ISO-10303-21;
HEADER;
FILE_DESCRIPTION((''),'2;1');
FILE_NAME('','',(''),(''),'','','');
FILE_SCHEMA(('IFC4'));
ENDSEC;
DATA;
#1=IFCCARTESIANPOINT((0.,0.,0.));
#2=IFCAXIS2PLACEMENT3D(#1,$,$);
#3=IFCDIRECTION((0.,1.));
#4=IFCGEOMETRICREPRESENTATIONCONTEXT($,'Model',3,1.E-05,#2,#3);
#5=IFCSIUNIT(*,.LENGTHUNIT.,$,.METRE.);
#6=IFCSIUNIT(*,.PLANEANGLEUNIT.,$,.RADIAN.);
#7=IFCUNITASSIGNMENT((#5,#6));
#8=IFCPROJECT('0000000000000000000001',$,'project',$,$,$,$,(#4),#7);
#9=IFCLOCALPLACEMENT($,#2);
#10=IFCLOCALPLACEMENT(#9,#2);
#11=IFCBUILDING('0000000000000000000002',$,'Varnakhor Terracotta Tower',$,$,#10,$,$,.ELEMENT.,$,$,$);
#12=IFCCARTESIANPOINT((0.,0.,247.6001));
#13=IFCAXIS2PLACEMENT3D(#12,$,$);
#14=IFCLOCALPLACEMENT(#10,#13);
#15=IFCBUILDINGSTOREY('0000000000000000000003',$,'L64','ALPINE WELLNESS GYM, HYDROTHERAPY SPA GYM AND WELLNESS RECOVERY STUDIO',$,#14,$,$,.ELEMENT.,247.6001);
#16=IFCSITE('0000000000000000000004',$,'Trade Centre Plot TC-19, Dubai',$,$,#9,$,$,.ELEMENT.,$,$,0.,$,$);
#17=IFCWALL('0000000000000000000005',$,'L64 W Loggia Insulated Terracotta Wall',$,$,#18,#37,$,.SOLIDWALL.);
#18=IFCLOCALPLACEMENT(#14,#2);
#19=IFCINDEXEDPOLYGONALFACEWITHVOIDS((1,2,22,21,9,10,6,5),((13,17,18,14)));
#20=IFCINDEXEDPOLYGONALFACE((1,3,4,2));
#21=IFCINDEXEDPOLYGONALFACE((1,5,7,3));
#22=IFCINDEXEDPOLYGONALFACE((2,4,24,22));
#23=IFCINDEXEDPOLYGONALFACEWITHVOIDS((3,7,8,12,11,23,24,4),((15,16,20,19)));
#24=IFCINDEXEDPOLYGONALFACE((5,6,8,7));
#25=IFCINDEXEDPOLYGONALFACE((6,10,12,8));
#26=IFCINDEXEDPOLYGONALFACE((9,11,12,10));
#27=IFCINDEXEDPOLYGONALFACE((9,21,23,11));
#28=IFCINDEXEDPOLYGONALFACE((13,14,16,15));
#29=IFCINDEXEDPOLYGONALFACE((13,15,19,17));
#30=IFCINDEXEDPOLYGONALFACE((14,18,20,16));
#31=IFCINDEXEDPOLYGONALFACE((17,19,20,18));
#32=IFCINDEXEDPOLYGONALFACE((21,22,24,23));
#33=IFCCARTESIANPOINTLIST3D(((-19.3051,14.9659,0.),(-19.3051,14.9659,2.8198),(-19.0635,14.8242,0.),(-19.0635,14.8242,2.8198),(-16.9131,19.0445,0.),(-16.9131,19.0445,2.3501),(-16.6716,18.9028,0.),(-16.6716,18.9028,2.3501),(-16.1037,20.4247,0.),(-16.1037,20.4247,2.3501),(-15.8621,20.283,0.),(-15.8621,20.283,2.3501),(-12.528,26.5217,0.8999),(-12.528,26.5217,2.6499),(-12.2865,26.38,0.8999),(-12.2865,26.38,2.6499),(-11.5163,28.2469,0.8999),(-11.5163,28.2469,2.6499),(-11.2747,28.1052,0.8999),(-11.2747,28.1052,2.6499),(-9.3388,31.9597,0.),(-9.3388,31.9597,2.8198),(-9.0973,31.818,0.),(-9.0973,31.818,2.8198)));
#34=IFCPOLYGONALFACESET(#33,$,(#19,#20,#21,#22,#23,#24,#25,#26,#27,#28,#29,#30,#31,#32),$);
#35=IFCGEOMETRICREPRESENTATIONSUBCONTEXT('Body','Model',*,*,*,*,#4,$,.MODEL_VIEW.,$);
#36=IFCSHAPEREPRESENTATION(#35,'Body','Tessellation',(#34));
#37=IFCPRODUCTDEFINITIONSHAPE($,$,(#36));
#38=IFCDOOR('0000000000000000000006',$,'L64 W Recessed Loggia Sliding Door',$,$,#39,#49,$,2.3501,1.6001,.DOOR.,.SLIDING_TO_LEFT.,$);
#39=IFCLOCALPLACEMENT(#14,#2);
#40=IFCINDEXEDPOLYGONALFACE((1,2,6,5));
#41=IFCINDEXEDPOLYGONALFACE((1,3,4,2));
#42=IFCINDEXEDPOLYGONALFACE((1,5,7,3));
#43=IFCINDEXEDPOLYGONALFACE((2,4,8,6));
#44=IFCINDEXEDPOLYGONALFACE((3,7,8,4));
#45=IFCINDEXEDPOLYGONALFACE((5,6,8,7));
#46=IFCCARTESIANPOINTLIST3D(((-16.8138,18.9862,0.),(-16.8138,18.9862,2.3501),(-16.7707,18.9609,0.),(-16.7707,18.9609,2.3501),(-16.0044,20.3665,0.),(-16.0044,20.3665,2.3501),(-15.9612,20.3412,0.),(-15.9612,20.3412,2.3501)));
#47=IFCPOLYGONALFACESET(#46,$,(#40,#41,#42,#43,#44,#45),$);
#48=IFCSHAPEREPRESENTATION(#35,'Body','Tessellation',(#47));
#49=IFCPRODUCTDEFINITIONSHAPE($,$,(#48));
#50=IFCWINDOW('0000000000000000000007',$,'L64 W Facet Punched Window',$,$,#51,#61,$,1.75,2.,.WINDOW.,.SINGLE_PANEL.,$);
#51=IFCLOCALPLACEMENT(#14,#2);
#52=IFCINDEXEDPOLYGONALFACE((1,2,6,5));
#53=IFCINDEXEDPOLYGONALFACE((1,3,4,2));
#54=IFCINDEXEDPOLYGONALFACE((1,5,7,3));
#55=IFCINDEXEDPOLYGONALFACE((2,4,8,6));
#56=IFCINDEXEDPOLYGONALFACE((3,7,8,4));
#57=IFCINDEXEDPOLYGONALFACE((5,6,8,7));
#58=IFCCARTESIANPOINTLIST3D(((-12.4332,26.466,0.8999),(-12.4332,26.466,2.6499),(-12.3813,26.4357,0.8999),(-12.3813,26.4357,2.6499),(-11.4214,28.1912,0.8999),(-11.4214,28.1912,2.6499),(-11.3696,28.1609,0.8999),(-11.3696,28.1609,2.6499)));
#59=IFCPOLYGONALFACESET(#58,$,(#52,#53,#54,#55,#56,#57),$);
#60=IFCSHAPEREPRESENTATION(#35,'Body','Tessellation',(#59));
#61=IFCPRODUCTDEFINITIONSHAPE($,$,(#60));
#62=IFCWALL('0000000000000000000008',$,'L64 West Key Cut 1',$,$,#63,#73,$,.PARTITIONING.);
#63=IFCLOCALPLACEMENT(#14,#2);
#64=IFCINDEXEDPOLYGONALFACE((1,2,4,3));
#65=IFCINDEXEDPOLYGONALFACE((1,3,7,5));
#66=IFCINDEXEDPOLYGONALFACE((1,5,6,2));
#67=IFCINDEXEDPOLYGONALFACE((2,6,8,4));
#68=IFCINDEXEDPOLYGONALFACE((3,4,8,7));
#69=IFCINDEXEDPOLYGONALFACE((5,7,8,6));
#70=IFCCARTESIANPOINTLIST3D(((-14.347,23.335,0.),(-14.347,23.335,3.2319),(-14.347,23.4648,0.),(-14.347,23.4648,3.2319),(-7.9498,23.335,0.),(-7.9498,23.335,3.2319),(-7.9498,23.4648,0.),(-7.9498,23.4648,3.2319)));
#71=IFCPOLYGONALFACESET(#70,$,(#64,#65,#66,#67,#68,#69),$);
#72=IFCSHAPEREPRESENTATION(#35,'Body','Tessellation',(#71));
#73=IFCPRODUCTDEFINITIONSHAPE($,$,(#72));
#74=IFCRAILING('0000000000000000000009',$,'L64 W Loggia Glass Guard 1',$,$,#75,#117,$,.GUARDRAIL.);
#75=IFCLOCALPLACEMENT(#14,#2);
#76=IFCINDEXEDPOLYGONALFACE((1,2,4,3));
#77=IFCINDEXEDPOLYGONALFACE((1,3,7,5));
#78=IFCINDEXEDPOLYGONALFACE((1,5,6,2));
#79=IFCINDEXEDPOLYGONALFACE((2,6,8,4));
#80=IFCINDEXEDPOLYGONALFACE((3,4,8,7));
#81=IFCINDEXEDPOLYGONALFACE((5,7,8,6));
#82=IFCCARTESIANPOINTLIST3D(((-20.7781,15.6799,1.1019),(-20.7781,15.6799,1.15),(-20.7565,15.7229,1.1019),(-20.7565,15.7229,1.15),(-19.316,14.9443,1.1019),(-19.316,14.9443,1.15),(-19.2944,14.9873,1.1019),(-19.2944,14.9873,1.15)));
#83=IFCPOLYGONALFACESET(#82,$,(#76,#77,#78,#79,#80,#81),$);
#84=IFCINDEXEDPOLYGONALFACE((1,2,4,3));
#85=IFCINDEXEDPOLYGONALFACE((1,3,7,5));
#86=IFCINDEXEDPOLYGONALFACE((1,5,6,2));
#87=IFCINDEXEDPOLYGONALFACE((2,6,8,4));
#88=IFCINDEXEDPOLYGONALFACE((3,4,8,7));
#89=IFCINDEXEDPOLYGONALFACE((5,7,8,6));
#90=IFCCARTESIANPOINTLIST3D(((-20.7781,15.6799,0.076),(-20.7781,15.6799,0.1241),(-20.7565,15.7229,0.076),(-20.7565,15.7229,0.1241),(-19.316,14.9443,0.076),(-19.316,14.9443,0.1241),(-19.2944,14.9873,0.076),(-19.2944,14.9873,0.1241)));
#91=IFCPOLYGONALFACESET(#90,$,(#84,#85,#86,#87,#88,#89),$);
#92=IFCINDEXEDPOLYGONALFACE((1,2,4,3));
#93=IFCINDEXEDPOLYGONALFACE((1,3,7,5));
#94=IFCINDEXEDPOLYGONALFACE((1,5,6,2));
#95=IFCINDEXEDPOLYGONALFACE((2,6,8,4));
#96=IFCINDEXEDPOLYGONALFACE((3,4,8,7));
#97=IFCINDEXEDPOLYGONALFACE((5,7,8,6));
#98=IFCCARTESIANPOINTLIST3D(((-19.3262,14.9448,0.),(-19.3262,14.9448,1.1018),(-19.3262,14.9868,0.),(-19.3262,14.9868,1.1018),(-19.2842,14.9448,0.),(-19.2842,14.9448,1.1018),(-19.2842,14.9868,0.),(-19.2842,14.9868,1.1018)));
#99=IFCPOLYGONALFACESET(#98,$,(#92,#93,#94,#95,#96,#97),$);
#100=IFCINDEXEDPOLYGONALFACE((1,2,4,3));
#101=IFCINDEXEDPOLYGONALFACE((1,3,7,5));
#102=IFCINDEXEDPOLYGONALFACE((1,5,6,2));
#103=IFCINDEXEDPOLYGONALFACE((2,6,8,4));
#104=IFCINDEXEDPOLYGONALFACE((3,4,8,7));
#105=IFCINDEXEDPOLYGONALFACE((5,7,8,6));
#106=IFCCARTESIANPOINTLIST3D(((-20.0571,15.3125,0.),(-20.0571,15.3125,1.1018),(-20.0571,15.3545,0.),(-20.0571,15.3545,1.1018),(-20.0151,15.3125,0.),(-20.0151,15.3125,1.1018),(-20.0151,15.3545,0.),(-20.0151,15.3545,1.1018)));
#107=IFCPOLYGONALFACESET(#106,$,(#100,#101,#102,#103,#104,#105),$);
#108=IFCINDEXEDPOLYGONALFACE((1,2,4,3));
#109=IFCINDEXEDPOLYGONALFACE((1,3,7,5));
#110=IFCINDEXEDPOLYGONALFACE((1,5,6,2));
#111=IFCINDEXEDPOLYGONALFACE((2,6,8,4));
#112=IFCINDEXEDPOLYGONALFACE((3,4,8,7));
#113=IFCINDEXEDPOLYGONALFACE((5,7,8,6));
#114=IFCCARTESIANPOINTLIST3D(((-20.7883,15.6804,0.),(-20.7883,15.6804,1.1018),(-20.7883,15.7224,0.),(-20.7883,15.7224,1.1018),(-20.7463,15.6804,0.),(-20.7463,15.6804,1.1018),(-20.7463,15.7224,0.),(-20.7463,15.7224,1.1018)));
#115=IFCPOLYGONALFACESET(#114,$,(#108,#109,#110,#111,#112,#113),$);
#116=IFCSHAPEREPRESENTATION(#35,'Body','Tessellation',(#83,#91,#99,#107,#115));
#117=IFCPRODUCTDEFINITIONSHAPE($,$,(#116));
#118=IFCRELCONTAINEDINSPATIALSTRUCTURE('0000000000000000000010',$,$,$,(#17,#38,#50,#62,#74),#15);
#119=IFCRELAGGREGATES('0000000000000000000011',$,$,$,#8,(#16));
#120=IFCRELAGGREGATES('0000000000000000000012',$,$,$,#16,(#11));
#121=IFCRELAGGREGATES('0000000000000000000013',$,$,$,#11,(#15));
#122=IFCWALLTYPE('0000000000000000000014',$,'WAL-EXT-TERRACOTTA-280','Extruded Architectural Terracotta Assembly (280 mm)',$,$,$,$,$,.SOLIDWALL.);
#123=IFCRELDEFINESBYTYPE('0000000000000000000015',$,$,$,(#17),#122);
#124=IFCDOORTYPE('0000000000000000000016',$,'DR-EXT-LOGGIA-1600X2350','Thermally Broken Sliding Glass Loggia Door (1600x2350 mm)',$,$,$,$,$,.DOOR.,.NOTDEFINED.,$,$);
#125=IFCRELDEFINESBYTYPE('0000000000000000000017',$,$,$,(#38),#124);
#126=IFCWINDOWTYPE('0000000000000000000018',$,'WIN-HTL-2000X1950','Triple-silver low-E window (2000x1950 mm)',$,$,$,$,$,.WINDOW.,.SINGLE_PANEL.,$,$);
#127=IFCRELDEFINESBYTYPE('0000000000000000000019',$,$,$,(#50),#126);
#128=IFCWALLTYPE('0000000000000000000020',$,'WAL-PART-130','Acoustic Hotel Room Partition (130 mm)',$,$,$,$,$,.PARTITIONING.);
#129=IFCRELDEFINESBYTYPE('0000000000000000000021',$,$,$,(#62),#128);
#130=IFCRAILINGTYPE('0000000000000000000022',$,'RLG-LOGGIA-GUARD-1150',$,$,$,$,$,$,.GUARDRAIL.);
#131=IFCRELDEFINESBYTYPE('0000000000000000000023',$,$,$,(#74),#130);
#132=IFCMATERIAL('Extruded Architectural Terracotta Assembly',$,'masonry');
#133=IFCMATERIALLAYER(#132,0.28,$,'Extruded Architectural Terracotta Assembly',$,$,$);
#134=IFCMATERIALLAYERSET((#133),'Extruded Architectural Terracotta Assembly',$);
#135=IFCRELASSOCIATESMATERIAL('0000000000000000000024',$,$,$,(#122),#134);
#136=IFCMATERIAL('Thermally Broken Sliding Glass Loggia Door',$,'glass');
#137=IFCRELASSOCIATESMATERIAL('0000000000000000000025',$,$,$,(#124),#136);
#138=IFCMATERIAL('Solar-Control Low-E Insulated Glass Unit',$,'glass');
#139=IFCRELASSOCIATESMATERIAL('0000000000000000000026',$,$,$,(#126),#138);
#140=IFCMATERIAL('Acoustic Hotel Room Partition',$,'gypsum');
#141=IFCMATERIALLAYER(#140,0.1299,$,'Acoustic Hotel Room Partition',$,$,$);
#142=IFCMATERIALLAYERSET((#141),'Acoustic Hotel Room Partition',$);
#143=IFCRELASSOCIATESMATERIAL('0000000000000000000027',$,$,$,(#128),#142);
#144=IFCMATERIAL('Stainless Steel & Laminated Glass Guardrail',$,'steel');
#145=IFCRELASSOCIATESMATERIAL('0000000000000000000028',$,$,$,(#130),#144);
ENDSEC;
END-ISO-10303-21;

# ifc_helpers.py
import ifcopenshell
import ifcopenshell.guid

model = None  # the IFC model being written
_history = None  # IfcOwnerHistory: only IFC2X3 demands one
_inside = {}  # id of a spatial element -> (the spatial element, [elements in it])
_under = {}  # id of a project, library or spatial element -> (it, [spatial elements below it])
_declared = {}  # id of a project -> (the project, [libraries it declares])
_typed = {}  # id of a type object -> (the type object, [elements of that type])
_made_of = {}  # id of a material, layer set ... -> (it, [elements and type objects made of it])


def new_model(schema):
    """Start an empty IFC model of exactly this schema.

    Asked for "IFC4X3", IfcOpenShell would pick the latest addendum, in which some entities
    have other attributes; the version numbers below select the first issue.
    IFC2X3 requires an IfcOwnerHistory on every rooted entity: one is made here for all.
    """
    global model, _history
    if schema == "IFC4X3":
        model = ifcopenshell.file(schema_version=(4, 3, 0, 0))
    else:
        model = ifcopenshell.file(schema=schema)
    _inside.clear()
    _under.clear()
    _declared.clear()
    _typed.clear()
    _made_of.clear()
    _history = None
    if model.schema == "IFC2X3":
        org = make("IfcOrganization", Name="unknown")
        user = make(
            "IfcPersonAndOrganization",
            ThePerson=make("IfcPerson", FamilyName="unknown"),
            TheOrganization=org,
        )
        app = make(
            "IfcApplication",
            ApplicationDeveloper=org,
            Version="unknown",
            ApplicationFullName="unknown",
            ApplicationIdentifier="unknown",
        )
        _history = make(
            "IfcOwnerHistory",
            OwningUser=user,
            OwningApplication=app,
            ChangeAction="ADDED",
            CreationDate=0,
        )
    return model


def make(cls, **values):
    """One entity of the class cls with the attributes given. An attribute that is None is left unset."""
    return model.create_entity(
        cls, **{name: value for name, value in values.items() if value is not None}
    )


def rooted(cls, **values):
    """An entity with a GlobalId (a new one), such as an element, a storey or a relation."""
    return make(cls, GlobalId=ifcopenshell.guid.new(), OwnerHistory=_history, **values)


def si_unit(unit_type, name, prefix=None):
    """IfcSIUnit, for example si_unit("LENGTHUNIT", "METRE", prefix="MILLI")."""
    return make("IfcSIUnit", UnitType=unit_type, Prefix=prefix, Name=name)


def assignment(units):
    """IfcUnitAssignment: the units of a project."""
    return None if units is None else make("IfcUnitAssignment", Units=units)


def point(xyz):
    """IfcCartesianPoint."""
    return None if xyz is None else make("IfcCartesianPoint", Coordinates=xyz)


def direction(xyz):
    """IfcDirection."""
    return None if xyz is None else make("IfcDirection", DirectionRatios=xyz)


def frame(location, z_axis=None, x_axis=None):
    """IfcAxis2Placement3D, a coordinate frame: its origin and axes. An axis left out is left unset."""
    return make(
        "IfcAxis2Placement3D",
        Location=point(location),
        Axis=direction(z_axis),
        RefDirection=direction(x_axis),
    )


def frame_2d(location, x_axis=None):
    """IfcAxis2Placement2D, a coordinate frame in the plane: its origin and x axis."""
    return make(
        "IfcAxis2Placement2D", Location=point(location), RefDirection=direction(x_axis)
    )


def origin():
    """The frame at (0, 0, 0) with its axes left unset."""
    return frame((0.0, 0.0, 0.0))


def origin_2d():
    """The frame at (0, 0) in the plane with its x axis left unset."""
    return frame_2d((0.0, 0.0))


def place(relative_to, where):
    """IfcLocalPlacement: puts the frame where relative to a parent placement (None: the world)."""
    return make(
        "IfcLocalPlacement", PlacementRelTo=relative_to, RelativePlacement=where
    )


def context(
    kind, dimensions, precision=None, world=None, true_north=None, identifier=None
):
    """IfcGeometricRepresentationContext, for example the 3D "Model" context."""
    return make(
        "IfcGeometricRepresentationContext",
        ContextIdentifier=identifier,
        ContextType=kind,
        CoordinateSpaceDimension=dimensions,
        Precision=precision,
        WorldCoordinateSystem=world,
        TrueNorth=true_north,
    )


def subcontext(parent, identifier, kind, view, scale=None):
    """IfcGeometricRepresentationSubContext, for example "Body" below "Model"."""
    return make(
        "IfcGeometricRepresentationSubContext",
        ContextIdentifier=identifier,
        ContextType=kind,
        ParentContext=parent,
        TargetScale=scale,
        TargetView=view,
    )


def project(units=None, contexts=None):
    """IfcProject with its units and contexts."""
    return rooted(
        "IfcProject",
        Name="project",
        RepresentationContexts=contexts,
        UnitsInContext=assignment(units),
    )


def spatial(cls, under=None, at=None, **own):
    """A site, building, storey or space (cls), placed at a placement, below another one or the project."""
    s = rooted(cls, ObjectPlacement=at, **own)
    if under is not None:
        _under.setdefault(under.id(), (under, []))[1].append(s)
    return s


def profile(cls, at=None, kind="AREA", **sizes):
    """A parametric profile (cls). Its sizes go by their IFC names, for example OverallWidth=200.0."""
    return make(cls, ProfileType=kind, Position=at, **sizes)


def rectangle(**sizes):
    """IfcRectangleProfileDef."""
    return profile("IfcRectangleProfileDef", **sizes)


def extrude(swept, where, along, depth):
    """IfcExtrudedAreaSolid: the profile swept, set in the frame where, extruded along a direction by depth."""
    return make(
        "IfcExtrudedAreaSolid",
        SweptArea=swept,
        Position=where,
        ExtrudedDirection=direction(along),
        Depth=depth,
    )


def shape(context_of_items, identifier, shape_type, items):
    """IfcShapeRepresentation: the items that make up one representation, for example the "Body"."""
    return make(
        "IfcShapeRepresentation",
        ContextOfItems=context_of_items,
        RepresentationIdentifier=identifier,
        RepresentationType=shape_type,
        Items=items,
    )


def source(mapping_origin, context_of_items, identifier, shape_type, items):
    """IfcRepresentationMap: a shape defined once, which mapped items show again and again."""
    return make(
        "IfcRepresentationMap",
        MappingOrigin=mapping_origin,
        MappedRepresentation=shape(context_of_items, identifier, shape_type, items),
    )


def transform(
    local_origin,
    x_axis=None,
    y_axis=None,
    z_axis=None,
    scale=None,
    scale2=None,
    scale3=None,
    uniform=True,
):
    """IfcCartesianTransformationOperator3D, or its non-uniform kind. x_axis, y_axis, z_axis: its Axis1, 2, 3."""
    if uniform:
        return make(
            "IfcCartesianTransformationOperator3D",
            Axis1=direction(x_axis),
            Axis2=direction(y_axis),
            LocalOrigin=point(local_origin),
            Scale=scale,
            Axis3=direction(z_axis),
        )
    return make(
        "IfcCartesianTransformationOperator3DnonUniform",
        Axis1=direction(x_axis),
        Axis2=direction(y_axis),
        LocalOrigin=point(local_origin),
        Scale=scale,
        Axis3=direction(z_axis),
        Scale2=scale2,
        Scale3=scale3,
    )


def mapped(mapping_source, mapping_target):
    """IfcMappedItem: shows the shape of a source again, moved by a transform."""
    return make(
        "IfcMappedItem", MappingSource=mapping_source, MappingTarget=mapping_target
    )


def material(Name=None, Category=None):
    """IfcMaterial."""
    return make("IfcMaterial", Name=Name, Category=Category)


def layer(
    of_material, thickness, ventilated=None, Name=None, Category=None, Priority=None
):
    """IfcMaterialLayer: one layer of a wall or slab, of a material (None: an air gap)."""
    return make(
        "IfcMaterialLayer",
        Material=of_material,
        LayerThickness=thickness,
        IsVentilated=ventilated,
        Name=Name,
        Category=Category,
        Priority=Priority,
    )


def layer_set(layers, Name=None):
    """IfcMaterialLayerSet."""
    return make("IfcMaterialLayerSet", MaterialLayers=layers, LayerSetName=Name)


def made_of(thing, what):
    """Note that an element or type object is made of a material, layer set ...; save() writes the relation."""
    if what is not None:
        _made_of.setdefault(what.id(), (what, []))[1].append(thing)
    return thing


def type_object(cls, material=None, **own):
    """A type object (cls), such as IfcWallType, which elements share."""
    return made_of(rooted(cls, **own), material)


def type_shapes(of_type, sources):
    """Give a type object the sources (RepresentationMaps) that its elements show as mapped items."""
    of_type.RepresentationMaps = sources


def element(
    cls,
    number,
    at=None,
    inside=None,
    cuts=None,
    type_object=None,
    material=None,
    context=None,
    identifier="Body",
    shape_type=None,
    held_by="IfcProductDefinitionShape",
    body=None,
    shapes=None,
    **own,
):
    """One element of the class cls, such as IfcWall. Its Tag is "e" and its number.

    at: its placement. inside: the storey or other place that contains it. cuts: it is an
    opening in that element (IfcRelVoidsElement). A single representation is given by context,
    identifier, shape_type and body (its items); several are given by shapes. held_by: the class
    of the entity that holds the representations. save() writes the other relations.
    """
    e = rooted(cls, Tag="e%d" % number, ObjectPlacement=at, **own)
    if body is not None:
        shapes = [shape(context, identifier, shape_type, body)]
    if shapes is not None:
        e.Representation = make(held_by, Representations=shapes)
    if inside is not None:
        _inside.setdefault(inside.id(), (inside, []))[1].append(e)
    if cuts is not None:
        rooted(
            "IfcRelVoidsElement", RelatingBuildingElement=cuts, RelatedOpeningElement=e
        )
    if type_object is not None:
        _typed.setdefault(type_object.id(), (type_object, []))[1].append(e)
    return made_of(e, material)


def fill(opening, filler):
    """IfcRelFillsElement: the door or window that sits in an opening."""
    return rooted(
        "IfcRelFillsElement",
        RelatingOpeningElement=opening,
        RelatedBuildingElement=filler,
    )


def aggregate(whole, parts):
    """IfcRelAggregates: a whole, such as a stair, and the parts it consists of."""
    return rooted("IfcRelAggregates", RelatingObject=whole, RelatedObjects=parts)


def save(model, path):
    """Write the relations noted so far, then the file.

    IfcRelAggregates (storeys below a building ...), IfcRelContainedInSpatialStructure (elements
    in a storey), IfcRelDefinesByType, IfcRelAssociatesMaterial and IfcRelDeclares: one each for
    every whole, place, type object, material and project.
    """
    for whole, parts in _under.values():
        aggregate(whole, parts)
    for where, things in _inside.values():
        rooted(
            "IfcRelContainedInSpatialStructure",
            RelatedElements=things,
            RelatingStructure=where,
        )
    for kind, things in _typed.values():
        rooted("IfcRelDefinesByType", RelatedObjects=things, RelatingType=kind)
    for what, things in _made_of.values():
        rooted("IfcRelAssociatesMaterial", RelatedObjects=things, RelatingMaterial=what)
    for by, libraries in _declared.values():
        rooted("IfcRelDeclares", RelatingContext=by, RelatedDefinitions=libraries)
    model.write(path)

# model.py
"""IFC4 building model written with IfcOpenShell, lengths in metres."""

from ifc_helpers import new_model, si_unit, direction, frame, frame_2d, origin, origin_2d, place, context, subcontext, project, spatial, rectangle, extrude, source, transform, mapped, material, layer, layer_set, type_object, type_shapes, element, fill, save


model = new_model("IFC4")

# Units and contexts
model_context = context("Model", 3, precision=1e-05, world=origin(), true_north=direction((0.0, 1.0)))
body_context = subcontext(model_context, "Body", "Model", "MODEL_VIEW")
ifc_project = project(units=[si_unit("LENGTHUNIT", "METRE"), si_unit("PLANEANGLEUNIT", "RADIAN")], contexts=[model_context])

# Site, building, storey
site_placement = place(None, origin())
site = spatial("IfcSite", under=ifc_project, at=site_placement, Name="Trade Centre Plot TC-19, Dubai", CompositionType="ELEMENT", RefElevation=0.0)
building_placement = place(site_placement, origin())
building = spatial("IfcBuilding", under=site, at=building_placement, Name="Varnakhor Terracotta Tower", CompositionType="ELEMENT")
storey_placement = place(building_placement, frame((0.0, 0.0, 247.6001)))
storey = spatial("IfcBuildingStorey", under=building, at=storey_placement, Name="L64", Description="ALPINE WELLNESS GYM, HYDROTHERAPY SPA GYM AND WELLNESS RECOVERY STUDIO", CompositionType="ELEMENT", Elevation=247.6001)

# Wall, openings, door, window
ifc_material_1 = material(Name="Extruded Architectural Terracotta Assembly", Category="masonry")
ifc_layer_1 = layer(ifc_material_1, 0.28, Name="Extruded Architectural Terracotta Assembly")
ifc_layer_set_1 = layer_set([ifc_layer_1], Name="Extruded Architectural Terracotta Assembly")
wall_type_1 = type_object("IfcWallType", Name="WAL-EXT-TERRACOTTA-280", Description="Extruded Architectural Terracotta Assembly (280 mm)", PredefinedType="SOLIDWALL", material=ifc_layer_set_1)
wall_1_placement = place(storey_placement, frame((-19.1843, 14.895, 0.0), z_axis=(0.0, 0.0, 1.0), x_axis=(0.505885, 0.862601, 0.0)))
wall_1 = element("IfcWall", 1, at=wall_1_placement, inside=storey, type_object=wall_type_1, Name="L64 W Loggia Insulated Terracotta Wall", PredefinedType="SOLIDWALL", context=body_context, shape_type="SweptSolid", body=[
    extrude(rectangle(XDim=19.7007, YDim=0.28, at=frame_2d((9.8503, 0.0))), origin(), (0.0, 0.0, 1.0), 2.8198),
])
opening_1_placement = place(wall_1_placement, frame((4.7283, 0.0, 0.0)))
opening_1 = element("IfcOpeningElement", 2, at=opening_1_placement, cuts=wall_1, PredefinedType="OPENING", context=body_context, shape_type="SweptSolid", body=[
    extrude(rectangle(XDim=1.6001, YDim=2.3501, at=frame_2d((0.8, 1.175))), frame((0.0, 0.1499, 0.0), z_axis=(0.0, -1.0, 0.0), x_axis=(1.0, 0.0, 0.0)), (0.0, 0.0, 1.0), 0.3),
])
opening_2_placement = place(wall_1_placement, frame((13.3965, 0.0, 0.8999)))
opening_2 = element("IfcOpeningElement", 3, at=opening_2_placement, cuts=wall_1, PredefinedType="OPENING", context=body_context, shape_type="SweptSolid", body=[
    extrude(rectangle(XDim=2.0, YDim=1.75, at=frame_2d((1.0, 0.875))), frame((0.0, 0.1499, 0.0), z_axis=(0.0, -1.0, 0.0), x_axis=(1.0, 0.0, 0.0)), (0.0, 0.0, 1.0), 0.3),
])
ifc_material_2 = material(Name="Thermally Broken Sliding Glass Loggia Door", Category="glass")
door_type_1 = type_object("IfcDoorType", Name="DR-EXT-LOGGIA-1600X2350", Description="Thermally Broken Sliding Glass Loggia Door (1600x2350 mm)", OperationType="NOTDEFINED", PredefinedType="DOOR", material=ifc_material_2)
shared_shape_1 = source(origin(), body_context, "Body", "SweptSolid", [
    extrude(rectangle(XDim=1.6001, YDim=2.3501, at=frame_2d((0.8, 1.175))), frame((0.0, 0.0249, 0.0), z_axis=(0.0, -1.0, 0.0), x_axis=(1.0, 0.0, 0.0)), (0.0, 0.0, 1.0), 0.05),
])
type_shapes(door_type_1, [shared_shape_1])
door_1_placement = place(opening_1_placement, origin())
door_1 = element("IfcDoor", 4, at=door_1_placement, inside=storey, type_object=door_type_1, Name="L64 W Recessed Loggia Sliding Door", OperationType="SLIDING_TO_LEFT", OverallHeight=2.3501, OverallWidth=1.6001, PredefinedType="DOOR", context=body_context, shape_type="MappedRepresentation", body=[
    mapped(shared_shape_1, transform((0.0, 0.0, 0.0), scale=1.0)),
])
fill(opening_1, door_1)
ifc_material_3 = material(Name="Solar-Control Low-E Insulated Glass Unit", Category="glass")
window_type = type_object("IfcWindowType", Name="WIN-HTL-2000X1950", Description="Triple-silver low-E window (2000x1950 mm)", PartitioningType="SINGLE_PANEL", PredefinedType="WINDOW", material=ifc_material_3)
shared_shape_2 = source(origin(), body_context, "Body", "SweptSolid", [
    extrude(rectangle(XDim=2.0, YDim=1.75, at=frame_2d((1.0, 0.875))), frame((0.0, 0.03, 0.0), z_axis=(0.0, -1.0, 0.0), x_axis=(1.0, 0.0, 0.0)), (0.0, 0.0, 1.0), 0.0601),
])
type_shapes(window_type, [shared_shape_2])
window_placement = place(opening_2_placement, origin())
window = element("IfcWindow", 5, at=window_placement, inside=storey, type_object=window_type, Name="L64 W Facet Punched Window", OverallHeight=1.75, OverallWidth=2.0, PartitioningType="SINGLE_PANEL", PredefinedType="WINDOW", context=body_context, shape_type="MappedRepresentation", body=[
    mapped(shared_shape_2, transform((0.0, 0.0, 0.0), scale=1.0)),
])
fill(opening_2, window)

# Wall
ifc_material_4 = material(Name="Acoustic Hotel Room Partition", Category="gypsum")
ifc_layer_2 = layer(ifc_material_4, 0.1299, Name="Acoustic Hotel Room Partition")
ifc_layer_set_2 = layer_set([ifc_layer_2], Name="Acoustic Hotel Room Partition")
wall_type_2 = type_object("IfcWallType", Name="WAL-PART-130", Description="Acoustic Hotel Room Partition (130 mm)", PredefinedType="PARTITIONING", material=ifc_layer_set_2)
wall_2_placement = place(storey_placement, frame((-14.3472, 23.3999, 0.0), z_axis=(0.0, 0.0, 1.0), x_axis=(1.0, 0.0, 0.0)))
element("IfcWall", 6, at=wall_2_placement, inside=storey, type_object=wall_type_2, Name="L64 West Key Cut 1", PredefinedType="PARTITIONING", context=body_context, shape_type="SweptSolid", body=[
    extrude(rectangle(XDim=6.3972, YDim=0.1299, at=frame_2d((3.1987, 0.0))), origin(), (0.0, 0.0, 1.0), 3.2319),
])

# Railing
ifc_material_5 = material(Name="Stainless Steel & Laminated Glass Guardrail", Category="steel")
railing_type = type_object("IfcRailingType", Name="RLG-LOGGIA-GUARD-1150", PredefinedType="GUARDRAIL", material=ifc_material_5)
railing_1_placement = place(storey_placement, frame((-19.3052, 14.9658, 0.0)))
element("IfcRailing", 7, at=railing_1_placement, inside=storey, type_object=railing_type, Name="L64 W Loggia Glass Guard 1", PredefinedType="GUARDRAIL", context=body_context, shape_type="SweptSolid", body=[
    extrude(rectangle(XDim=0.0481, YDim=0.0481, at=origin_2d()), frame((0.0, 0.0, 1.126), z_axis=(-0.893321, 0.44942, 0.0), x_axis=(-0.44942, -0.893321, 0.0)), (0.0, 0.0, 1.0), 1.6367),
    extrude(rectangle(XDim=0.0481, YDim=0.0481, at=origin_2d()), frame((0.0, 0.0, 0.1001), z_axis=(-0.893321, 0.44942, 0.0), x_axis=(-0.44942, -0.893321, 0.0)), (0.0, 0.0, 1.0), 1.6367),
    extrude(rectangle(XDim=0.042, YDim=0.042, at=origin_2d()), origin(), (0.0, 0.0, 1.0), 1.1018),
    extrude(rectangle(XDim=0.042, YDim=0.042, at=origin_2d()), frame((-0.731, 0.3677, 0.0)), (0.0, 0.0, 1.0), 1.1018),
    extrude(rectangle(XDim=0.042, YDim=0.042, at=origin_2d()), frame((-1.4622, 0.7356, 0.0)), (0.0, 0.0, 1.0), 1.1018),
])

save(model, "model.ifc")
